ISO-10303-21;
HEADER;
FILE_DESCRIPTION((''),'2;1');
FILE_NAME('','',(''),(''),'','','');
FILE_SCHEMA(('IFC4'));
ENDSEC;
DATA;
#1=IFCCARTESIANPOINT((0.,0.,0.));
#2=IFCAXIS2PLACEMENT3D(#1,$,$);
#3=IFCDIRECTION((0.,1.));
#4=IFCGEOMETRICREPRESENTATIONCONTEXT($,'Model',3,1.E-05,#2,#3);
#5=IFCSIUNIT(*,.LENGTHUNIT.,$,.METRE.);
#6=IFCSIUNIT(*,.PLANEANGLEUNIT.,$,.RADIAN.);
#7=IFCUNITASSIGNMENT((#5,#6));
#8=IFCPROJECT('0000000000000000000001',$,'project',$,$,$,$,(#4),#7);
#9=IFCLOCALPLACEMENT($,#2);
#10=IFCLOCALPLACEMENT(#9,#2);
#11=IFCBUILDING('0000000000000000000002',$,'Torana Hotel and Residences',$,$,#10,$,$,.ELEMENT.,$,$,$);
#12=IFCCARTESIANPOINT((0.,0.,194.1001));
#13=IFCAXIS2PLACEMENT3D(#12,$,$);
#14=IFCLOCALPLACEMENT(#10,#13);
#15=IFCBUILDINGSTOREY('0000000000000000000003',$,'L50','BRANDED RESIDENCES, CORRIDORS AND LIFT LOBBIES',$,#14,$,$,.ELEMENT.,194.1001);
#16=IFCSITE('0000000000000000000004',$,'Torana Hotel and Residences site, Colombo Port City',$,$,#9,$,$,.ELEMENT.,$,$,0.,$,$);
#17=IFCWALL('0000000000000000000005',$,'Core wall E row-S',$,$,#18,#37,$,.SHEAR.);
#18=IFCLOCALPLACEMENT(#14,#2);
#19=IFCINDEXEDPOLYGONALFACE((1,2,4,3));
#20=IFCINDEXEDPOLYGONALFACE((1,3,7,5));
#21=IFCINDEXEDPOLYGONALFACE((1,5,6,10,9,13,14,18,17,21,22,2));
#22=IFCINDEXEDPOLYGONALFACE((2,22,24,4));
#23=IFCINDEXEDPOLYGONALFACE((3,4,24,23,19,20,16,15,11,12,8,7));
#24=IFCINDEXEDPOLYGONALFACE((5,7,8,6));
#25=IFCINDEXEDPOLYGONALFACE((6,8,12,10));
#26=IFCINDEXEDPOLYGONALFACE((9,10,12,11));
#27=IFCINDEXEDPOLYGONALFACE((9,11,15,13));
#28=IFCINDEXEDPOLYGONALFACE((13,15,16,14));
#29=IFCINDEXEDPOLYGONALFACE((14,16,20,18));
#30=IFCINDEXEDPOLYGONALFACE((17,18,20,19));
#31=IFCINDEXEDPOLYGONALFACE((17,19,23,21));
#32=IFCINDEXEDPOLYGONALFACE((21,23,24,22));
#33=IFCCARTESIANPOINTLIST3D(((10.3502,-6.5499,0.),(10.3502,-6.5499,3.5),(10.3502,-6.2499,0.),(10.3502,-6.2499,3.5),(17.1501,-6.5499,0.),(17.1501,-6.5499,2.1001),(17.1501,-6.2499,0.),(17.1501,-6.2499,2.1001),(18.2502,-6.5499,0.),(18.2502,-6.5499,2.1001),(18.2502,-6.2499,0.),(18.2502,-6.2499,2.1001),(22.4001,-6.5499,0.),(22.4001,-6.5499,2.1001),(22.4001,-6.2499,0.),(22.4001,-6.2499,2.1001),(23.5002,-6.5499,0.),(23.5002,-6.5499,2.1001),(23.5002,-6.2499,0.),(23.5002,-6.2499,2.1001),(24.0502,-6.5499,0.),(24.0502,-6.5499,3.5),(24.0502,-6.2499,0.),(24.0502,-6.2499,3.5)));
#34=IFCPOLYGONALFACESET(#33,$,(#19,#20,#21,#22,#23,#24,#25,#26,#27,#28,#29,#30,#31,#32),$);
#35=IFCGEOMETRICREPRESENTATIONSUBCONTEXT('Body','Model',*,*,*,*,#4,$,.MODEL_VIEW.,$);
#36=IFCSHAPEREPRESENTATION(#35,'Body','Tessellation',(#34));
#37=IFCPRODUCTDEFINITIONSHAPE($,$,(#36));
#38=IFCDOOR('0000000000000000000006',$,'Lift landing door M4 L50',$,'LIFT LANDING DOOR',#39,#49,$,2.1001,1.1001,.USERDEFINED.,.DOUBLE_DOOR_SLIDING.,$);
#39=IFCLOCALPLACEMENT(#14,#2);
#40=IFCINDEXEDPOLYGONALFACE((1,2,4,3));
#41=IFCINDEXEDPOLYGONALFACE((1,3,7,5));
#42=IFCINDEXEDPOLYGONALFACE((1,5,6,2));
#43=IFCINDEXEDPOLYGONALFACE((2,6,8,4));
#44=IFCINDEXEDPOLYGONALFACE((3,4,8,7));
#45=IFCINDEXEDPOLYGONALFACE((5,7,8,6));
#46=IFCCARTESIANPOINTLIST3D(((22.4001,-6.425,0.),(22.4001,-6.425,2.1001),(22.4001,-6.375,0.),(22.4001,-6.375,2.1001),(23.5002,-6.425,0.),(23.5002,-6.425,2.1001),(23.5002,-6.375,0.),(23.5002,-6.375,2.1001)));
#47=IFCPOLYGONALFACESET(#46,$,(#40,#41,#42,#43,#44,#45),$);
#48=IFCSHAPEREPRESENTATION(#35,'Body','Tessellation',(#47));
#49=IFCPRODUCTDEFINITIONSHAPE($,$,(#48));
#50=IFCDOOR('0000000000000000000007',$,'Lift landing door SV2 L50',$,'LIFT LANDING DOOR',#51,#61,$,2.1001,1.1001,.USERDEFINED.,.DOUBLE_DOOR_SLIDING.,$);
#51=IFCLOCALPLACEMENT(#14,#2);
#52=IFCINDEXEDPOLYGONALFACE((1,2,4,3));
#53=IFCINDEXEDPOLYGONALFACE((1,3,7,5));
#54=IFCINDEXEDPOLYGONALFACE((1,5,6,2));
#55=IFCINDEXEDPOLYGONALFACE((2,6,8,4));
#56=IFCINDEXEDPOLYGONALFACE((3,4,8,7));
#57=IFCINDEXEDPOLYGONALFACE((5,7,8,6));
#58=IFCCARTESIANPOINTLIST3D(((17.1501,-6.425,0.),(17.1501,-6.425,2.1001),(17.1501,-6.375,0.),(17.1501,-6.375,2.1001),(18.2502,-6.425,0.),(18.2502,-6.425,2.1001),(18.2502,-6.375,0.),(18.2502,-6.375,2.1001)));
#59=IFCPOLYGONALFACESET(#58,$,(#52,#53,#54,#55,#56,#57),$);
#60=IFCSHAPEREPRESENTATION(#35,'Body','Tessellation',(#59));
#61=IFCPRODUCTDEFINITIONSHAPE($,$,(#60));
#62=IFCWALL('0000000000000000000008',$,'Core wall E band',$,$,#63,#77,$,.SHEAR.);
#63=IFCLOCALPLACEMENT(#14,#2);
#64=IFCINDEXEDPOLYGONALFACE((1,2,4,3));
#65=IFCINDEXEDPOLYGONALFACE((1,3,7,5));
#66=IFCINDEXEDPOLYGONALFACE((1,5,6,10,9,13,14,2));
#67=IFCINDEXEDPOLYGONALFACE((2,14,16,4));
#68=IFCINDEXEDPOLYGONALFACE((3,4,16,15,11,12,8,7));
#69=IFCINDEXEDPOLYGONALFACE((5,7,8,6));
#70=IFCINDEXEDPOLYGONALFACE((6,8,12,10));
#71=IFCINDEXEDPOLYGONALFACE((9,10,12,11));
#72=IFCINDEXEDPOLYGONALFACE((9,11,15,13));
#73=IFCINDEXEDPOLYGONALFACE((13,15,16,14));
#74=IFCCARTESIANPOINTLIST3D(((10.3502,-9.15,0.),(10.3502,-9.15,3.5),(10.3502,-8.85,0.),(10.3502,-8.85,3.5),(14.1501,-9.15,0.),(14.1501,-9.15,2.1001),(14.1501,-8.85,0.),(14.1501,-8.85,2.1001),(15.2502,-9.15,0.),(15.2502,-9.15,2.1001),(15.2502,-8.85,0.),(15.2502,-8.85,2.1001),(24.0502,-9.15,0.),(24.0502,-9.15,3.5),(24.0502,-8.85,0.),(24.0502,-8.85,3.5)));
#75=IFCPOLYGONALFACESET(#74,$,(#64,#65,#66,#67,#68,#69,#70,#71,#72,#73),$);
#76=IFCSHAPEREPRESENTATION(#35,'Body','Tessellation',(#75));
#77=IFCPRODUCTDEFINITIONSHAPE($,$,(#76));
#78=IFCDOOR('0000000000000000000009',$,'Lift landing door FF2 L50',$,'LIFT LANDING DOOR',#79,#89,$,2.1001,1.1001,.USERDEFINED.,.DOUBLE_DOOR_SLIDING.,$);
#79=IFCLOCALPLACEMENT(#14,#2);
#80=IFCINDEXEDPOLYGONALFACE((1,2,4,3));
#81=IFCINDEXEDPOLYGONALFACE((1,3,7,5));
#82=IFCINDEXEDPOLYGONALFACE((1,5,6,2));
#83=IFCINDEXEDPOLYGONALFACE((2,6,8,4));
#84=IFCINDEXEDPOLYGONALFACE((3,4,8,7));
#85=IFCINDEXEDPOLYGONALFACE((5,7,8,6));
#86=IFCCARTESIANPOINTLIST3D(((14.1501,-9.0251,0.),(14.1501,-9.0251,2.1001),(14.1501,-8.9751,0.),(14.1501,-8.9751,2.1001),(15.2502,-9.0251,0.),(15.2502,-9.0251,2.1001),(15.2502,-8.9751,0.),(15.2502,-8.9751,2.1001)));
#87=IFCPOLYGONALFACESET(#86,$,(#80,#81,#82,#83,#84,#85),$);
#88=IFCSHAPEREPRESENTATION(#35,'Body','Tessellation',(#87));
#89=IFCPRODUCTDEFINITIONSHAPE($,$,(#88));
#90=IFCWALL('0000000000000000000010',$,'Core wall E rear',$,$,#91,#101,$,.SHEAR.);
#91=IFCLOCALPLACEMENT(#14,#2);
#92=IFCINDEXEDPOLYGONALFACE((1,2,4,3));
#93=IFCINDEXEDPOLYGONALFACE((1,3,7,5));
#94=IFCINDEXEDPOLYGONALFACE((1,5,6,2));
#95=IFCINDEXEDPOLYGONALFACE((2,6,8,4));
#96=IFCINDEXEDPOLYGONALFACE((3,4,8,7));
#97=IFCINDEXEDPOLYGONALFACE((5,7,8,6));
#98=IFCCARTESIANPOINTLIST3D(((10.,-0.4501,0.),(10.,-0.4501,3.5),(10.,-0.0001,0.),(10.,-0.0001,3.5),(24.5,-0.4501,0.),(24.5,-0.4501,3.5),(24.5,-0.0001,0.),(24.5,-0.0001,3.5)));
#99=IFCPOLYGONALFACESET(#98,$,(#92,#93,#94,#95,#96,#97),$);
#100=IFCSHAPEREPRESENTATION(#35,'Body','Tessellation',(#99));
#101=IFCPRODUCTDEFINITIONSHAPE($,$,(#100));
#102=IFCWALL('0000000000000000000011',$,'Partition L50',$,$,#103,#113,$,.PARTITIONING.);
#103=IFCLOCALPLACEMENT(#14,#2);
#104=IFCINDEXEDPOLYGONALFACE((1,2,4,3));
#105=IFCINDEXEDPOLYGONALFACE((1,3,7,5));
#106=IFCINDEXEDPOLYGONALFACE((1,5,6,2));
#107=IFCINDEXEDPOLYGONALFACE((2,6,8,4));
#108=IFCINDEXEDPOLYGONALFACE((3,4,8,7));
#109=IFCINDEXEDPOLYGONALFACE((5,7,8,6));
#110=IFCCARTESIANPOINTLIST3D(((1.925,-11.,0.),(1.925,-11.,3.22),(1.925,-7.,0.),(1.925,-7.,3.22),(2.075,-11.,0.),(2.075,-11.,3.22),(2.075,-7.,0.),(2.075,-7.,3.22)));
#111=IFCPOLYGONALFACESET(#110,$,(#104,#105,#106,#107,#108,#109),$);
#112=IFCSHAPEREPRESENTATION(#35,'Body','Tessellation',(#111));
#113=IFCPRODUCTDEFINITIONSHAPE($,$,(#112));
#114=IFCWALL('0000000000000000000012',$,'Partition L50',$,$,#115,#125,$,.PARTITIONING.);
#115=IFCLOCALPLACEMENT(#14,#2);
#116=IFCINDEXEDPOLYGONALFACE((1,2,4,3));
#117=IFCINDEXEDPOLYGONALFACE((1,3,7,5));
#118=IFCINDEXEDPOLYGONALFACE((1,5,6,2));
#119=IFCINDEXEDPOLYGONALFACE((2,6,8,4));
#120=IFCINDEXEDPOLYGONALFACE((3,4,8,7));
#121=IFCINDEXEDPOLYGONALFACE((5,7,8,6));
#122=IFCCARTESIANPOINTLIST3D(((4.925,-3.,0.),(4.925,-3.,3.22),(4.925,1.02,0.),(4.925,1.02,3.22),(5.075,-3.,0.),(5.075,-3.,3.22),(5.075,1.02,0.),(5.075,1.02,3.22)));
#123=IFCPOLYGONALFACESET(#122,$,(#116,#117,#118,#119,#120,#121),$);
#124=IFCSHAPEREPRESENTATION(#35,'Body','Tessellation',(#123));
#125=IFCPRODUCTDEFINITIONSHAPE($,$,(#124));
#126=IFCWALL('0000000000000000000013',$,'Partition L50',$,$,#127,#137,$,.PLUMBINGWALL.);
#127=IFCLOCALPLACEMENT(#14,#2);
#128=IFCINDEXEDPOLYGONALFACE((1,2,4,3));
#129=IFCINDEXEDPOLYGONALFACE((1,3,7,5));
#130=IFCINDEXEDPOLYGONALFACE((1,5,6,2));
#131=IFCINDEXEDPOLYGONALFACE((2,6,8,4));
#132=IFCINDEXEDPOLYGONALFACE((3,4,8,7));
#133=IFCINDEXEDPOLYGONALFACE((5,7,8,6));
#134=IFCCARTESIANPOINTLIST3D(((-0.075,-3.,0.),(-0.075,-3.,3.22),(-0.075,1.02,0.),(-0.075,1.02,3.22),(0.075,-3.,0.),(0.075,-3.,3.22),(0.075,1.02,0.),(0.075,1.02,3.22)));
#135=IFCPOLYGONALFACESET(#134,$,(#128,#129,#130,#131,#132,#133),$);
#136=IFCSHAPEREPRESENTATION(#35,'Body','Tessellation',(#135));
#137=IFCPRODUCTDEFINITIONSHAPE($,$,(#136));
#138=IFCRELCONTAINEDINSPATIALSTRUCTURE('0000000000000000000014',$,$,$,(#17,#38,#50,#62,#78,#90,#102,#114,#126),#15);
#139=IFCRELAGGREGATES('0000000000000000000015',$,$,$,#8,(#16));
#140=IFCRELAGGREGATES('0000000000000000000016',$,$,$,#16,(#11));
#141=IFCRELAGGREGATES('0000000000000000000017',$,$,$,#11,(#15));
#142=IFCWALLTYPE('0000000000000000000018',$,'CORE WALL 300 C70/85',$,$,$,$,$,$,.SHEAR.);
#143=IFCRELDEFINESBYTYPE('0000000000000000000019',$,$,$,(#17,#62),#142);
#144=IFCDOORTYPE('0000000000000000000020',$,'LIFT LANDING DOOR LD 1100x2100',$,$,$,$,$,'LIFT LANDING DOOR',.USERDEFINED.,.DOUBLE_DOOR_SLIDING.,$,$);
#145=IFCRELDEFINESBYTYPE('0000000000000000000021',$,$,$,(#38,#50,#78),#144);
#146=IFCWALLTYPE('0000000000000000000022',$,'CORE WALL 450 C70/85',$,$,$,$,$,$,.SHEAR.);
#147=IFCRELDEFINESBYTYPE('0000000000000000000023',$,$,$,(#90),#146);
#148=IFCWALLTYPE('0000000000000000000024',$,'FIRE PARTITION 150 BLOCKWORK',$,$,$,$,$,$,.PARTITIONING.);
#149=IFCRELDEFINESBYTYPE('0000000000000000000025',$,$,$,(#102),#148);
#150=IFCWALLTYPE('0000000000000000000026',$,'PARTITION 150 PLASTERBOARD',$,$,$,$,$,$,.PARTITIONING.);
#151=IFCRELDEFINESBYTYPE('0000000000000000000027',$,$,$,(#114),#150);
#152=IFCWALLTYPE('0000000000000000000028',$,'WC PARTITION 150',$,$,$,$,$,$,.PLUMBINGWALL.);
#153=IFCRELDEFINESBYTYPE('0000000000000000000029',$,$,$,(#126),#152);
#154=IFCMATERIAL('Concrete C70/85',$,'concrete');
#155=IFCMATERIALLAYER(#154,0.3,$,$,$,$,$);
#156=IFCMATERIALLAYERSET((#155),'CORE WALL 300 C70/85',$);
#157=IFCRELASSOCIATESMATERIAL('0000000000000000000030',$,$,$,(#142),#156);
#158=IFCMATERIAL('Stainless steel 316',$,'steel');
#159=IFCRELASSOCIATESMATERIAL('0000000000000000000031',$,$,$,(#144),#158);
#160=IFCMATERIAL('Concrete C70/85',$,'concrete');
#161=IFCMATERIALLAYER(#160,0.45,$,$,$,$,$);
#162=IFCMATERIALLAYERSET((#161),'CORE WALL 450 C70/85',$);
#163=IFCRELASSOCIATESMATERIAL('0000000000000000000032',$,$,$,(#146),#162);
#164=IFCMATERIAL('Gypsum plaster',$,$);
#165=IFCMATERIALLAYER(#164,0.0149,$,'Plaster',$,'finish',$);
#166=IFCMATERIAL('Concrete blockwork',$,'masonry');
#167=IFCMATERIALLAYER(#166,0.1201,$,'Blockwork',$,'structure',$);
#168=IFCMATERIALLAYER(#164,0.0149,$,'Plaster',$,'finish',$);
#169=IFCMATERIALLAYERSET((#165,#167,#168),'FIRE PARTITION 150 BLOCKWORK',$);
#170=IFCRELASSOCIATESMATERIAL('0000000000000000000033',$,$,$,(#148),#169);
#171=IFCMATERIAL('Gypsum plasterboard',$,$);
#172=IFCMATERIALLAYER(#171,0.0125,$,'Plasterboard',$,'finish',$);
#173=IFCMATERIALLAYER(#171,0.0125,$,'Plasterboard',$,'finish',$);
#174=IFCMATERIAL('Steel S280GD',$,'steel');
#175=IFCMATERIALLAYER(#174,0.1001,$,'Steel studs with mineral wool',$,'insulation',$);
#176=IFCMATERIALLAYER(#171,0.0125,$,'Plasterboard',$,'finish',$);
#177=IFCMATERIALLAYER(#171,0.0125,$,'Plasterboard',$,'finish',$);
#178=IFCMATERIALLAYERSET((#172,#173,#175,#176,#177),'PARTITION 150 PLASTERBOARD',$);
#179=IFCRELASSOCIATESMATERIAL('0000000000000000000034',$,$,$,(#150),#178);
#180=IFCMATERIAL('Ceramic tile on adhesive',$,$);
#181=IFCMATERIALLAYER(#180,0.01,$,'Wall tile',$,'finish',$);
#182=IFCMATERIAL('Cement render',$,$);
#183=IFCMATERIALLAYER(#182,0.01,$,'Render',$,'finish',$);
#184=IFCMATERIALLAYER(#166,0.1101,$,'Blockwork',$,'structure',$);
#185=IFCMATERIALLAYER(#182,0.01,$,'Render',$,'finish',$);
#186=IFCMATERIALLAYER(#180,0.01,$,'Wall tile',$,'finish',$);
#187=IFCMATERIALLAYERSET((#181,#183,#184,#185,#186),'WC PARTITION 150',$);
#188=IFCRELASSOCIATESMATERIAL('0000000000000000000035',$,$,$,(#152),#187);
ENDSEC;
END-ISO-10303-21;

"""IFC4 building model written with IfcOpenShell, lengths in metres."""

from ifc_helpers import new_model, si_unit, direction, frame, frame_2d, origin, place, context, subcontext, project, spatial, rectangle, extrude, material, layer, layer_set, type_object, element, fill, save


model = new_model("IFC4")

# Units and contexts
model_context = context("Model", 3, precision=1e-05, world=origin(), true_north=direction((0.0, 1.0)))
body_context = subcontext(model_context, "Body", "Model", "MODEL_VIEW")
ifc_project = project(units=[si_unit("LENGTHUNIT", "METRE"), si_unit("PLANEANGLEUNIT", "RADIAN")], contexts=[model_context])

# Site, building, storey
site_placement = place(None, origin())
site = spatial("IfcSite", under=ifc_project, at=site_placement, Name="Torana Hotel and Residences site, Colombo Port City", CompositionType="ELEMENT", RefElevation=0.0)
building_placement = place(site_placement, origin())
building = spatial("IfcBuilding", under=site, at=building_placement, Name="Torana Hotel and Residences", CompositionType="ELEMENT")
storey_placement = place(building_placement, frame((0.0, 0.0, 194.1001)))
storey = spatial("IfcBuildingStorey", under=building, at=storey_placement, Name="L50", Description="BRANDED RESIDENCES, CORRIDORS AND LIFT LOBBIES", CompositionType="ELEMENT", Elevation=194.1001)

# Wall, openings, doors
ifc_material_1 = material(Name="Concrete C70/85", Category="concrete")
ifc_layer_1 = layer(ifc_material_1, 0.3)
ifc_layer_set_1 = layer_set([ifc_layer_1], Name="CORE WALL 300 C70/85")
wall_type_1 = type_object("IfcWallType", Name="CORE WALL 300 C70/85", PredefinedType="SHEAR", material=ifc_layer_set_1)
ifc_material_2 = material(Name="Stainless steel 316", Category="steel")
door_type_1 = type_object("IfcDoorType", Name="LIFT LANDING DOOR LD 1100x2100", ElementType="LIFT LANDING DOOR", OperationType="DOUBLE_DOOR_SLIDING", PredefinedType="USERDEFINED", material=ifc_material_2)
wall_1_placement = place(storey_placement, frame((10.3501, -6.3999, 0.0), z_axis=(0.0, 0.0, 1.0), x_axis=(1.0, 0.0, 0.0)))
wall_1 = element("IfcWall", 1, at=wall_1_placement, inside=storey, type_object=wall_type_1, Name="Core wall E row-S", PredefinedType="SHEAR", context=body_context, shape_type="SweptSolid", body=[
    extrude(rectangle(XDim=13.7, YDim=0.3, at=frame_2d((6.8501, 0.0))), origin(), (0.0, 0.0, 1.0), 3.5),
])
opening_1_placement = place(wall_1_placement, frame((12.05, 0.0, 0.0)))
opening_1 = element("IfcOpeningElement", 2, at=opening_1_placement, cuts=wall_1, PredefinedType="OPENING", context=body_context, shape_type="SweptSolid", body=[
    extrude(rectangle(XDim=1.1001, YDim=2.1001, at=frame_2d((0.55, 1.05))), frame((0.0, 0.1599, 0.0), z_axis=(0.0, -1.0, 0.0), x_axis=(1.0, 0.0, 0.0)), (0.0, 0.0, 1.0), 0.3201),
])
opening_2_placement = place(wall_1_placement, frame((6.8, 0.0, 0.0)))
opening_2 = element("IfcOpeningElement", 3, at=opening_2_placement, cuts=wall_1, PredefinedType="OPENING", context=body_context, shape_type="SweptSolid", body=[
    extrude(rectangle(XDim=1.1001, YDim=2.1001, at=frame_2d((0.55, 1.05))), frame((0.0, 0.1599, 0.0), z_axis=(0.0, -1.0, 0.0), x_axis=(1.0, 0.0, 0.0)), (0.0, 0.0, 1.0), 0.3201),
])
door_1_placement = place(opening_1_placement, origin())
door_1 = element("IfcDoor", 4, at=door_1_placement, inside=storey, type_object=door_type_1, Name="Lift landing door M4 L50", ObjectType="LIFT LANDING DOOR", OperationType="DOUBLE_DOOR_SLIDING", OverallHeight=2.1001, OverallWidth=1.1001, PredefinedType="USERDEFINED", context=body_context, shape_type="SweptSolid", body=[
    extrude(rectangle(XDim=1.1001, YDim=2.1001, at=frame_2d((0.55, 1.05))), frame((0.0, 0.0249, 0.0), z_axis=(0.0, -1.0, 0.0), x_axis=(1.0, 0.0, 0.0)), (0.0, 0.0, 1.0), 0.05),
])
fill(opening_1, door_1)
door_2_placement = place(opening_2_placement, origin())
door_2 = element("IfcDoor", 5, at=door_2_placement, inside=storey, type_object=door_type_1, Name="Lift landing door SV2 L50", ObjectType="LIFT LANDING DOOR", OperationType="DOUBLE_DOOR_SLIDING", OverallHeight=2.1001, OverallWidth=1.1001, PredefinedType="USERDEFINED", context=body_context, shape_type="SweptSolid", body=[
    extrude(rectangle(XDim=1.1001, YDim=2.1001, at=frame_2d((0.55, 1.05))), frame((0.0, 0.0249, 0.0), z_axis=(0.0, -1.0, 0.0), x_axis=(1.0, 0.0, 0.0)), (0.0, 0.0, 1.0), 0.05),
])
fill(opening_2, door_2)

# Wall, opening, door
wall_2_placement = place(storey_placement, frame((10.3501, -9.0, 0.0), z_axis=(0.0, 0.0, 1.0), x_axis=(1.0, 0.0, 0.0)))
wall_2 = element("IfcWall", 6, at=wall_2_placement, inside=storey, type_object=wall_type_1, Name="Core wall E band", PredefinedType="SHEAR", context=body_context, shape_type="SweptSolid", body=[
    extrude(rectangle(XDim=13.7, YDim=0.3, at=frame_2d((6.8501, 0.0))), origin(), (0.0, 0.0, 1.0), 3.5),
])
opening_3_placement = place(wall_2_placement, frame((3.8, 0.0, 0.0)))
opening_3 = element("IfcOpeningElement", 7, at=opening_3_placement, cuts=wall_2, PredefinedType="OPENING", context=body_context, shape_type="SweptSolid", body=[
    extrude(rectangle(XDim=1.1001, YDim=2.1001, at=frame_2d((0.55, 1.05))), frame((0.0, 0.1599, 0.0), z_axis=(0.0, -1.0, 0.0), x_axis=(1.0, 0.0, 0.0)), (0.0, 0.0, 1.0), 0.3201),
])
door_3_placement = place(opening_3_placement, origin())
door_3 = element("IfcDoor", 8, at=door_3_placement, inside=storey, type_object=door_type_1, Name="Lift landing door FF2 L50", ObjectType="LIFT LANDING DOOR", OperationType="DOUBLE_DOOR_SLIDING", OverallHeight=2.1001, OverallWidth=1.1001, PredefinedType="USERDEFINED", context=body_context, shape_type="SweptSolid", body=[
    extrude(rectangle(XDim=1.1001, YDim=2.1001, at=frame_2d((0.55, 1.05))), frame((0.0, 0.0249, 0.0), z_axis=(0.0, -1.0, 0.0), x_axis=(1.0, 0.0, 0.0)), (0.0, 0.0, 1.0), 0.05),
])
fill(opening_3, door_3)

# Walls
ifc_material_3 = material(Name="Concrete C70/85", Category="concrete")
ifc_layer_2 = layer(ifc_material_3, 0.45)
ifc_layer_set_2 = layer_set([ifc_layer_2], Name="CORE WALL 450 C70/85")
wall_type_2 = type_object("IfcWallType", Name="CORE WALL 450 C70/85", PredefinedType="SHEAR", material=ifc_layer_set_2)
wall_3_placement = place(storey_placement, frame((10.0, -0.2251, 0.0), z_axis=(0.0, 0.0, 1.0), x_axis=(1.0, 0.0, 0.0)))
element("IfcWall", 9, at=wall_3_placement, inside=storey, type_object=wall_type_2, Name="Core wall E rear", PredefinedType="SHEAR", context=body_context, shape_type="SweptSolid", body=[
    extrude(rectangle(XDim=14.5, YDim=0.45, at=frame_2d((7.25, 0.0))), origin(), (0.0, 0.0, 1.0), 3.5),
])
ifc_material_4 = material(Name="Gypsum plaster")
ifc_layer_3 = layer(ifc_material_4, 0.0149, Name="Plaster", Category="finish")
ifc_material_5 = material(Name="Concrete blockwork", Category="masonry")
ifc_layer_4 = layer(ifc_material_5, 0.1201, Name="Blockwork", Category="structure")
ifc_layer_5 = layer(ifc_material_4, 0.0149, Name="Plaster", Category="finish")
ifc_layer_set_3 = layer_set([ifc_layer_3, ifc_layer_4, ifc_layer_5], Name="FIRE PARTITION 150 BLOCKWORK")
wall_type_3 = type_object("IfcWallType", Name="FIRE PARTITION 150 BLOCKWORK", PredefinedType="PARTITIONING", material=ifc_layer_set_3)
wall_4_placement = place(storey_placement, frame((2.0, -11.0, 0.0), z_axis=(0.0, 0.0, 1.0), x_axis=(0.0, 1.0, 0.0)))
element("IfcWall", 10, at=wall_4_placement, inside=storey, type_object=wall_type_3, Name="Partition L50", PredefinedType="PARTITIONING", context=body_context, shape_type="SweptSolid", body=[
    extrude(rectangle(XDim=4.0, YDim=0.1499, at=frame_2d((2.0, 0.0))), origin(), (0.0, 0.0, 1.0), 3.22),
])
ifc_material_6 = material(Name="Gypsum plasterboard")
ifc_layer_6 = layer(ifc_material_6, 0.0125, Name="Plasterboard", Category="finish")
ifc_layer_7 = layer(ifc_material_6, 0.0125, Name="Plasterboard", Category="finish")
ifc_material_7 = material(Name="Steel S280GD", Category="steel")
ifc_layer_8 = layer(ifc_material_7, 0.1001, Name="Steel studs with mineral wool", Category="insulation")
ifc_layer_9 = layer(ifc_material_6, 0.0125, Name="Plasterboard", Category="finish")
ifc_layer_10 = layer(ifc_material_6, 0.0125, Name="Plasterboard", Category="finish")
ifc_layer_set_4 = layer_set([ifc_layer_6, ifc_layer_7, ifc_layer_8, ifc_layer_9, ifc_layer_10], Name="PARTITION 150 PLASTERBOARD")
wall_type_4 = type_object("IfcWallType", Name="PARTITION 150 PLASTERBOARD", PredefinedType="PARTITIONING", material=ifc_layer_set_4)
wall_5_placement = place(storey_placement, frame((5.0, -3.0, 0.0), z_axis=(0.0, 0.0, 1.0), x_axis=(0.0, 1.0, 0.0)))
element("IfcWall", 11, at=wall_5_placement, inside=storey, type_object=wall_type_4, Name="Partition L50", PredefinedType="PARTITIONING", context=body_context, shape_type="SweptSolid", body=[
    extrude(rectangle(XDim=4.02, YDim=0.1499, at=frame_2d((2.01, 0.0))), origin(), (0.0, 0.0, 1.0), 3.22),
])
ifc_material_8 = material(Name="Ceramic tile on adhesive")
ifc_layer_11 = layer(ifc_material_8, 0.01, Name="Wall tile", Category="finish")
ifc_material_9 = material(Name="Cement render")
ifc_layer_12 = layer(ifc_material_9, 0.01, Name="Render", Category="finish")
ifc_layer_13 = layer(ifc_material_5, 0.1101, Name="Blockwork", Category="structure")
ifc_layer_14 = layer(ifc_material_9, 0.01, Name="Render", Category="finish")
ifc_layer_15 = layer(ifc_material_8, 0.01, Name="Wall tile", Category="finish")
ifc_layer_set_5 = layer_set([ifc_layer_11, ifc_layer_12, ifc_layer_13, ifc_layer_14, ifc_layer_15], Name="WC PARTITION 150")
wall_type_5 = type_object("IfcWallType", Name="WC PARTITION 150", PredefinedType="PLUMBINGWALL", material=ifc_layer_set_5)
wall_6_placement = place(storey_placement, frame((0.0, -3.0, 0.0), z_axis=(0.0, 0.0, 1.0), x_axis=(0.0, 1.0, 0.0)))
element("IfcWall", 12, at=wall_6_placement, inside=storey, type_object=wall_type_5, Name="Partition L50", PredefinedType="PLUMBINGWALL", context=body_context, shape_type="SweptSolid", body=[
    extrude(rectangle(XDim=4.02, YDim=0.1499, at=frame_2d((2.01, 0.0))), origin(), (0.0, 0.0, 1.0), 3.22),
])

save(model, "model.ifc")
